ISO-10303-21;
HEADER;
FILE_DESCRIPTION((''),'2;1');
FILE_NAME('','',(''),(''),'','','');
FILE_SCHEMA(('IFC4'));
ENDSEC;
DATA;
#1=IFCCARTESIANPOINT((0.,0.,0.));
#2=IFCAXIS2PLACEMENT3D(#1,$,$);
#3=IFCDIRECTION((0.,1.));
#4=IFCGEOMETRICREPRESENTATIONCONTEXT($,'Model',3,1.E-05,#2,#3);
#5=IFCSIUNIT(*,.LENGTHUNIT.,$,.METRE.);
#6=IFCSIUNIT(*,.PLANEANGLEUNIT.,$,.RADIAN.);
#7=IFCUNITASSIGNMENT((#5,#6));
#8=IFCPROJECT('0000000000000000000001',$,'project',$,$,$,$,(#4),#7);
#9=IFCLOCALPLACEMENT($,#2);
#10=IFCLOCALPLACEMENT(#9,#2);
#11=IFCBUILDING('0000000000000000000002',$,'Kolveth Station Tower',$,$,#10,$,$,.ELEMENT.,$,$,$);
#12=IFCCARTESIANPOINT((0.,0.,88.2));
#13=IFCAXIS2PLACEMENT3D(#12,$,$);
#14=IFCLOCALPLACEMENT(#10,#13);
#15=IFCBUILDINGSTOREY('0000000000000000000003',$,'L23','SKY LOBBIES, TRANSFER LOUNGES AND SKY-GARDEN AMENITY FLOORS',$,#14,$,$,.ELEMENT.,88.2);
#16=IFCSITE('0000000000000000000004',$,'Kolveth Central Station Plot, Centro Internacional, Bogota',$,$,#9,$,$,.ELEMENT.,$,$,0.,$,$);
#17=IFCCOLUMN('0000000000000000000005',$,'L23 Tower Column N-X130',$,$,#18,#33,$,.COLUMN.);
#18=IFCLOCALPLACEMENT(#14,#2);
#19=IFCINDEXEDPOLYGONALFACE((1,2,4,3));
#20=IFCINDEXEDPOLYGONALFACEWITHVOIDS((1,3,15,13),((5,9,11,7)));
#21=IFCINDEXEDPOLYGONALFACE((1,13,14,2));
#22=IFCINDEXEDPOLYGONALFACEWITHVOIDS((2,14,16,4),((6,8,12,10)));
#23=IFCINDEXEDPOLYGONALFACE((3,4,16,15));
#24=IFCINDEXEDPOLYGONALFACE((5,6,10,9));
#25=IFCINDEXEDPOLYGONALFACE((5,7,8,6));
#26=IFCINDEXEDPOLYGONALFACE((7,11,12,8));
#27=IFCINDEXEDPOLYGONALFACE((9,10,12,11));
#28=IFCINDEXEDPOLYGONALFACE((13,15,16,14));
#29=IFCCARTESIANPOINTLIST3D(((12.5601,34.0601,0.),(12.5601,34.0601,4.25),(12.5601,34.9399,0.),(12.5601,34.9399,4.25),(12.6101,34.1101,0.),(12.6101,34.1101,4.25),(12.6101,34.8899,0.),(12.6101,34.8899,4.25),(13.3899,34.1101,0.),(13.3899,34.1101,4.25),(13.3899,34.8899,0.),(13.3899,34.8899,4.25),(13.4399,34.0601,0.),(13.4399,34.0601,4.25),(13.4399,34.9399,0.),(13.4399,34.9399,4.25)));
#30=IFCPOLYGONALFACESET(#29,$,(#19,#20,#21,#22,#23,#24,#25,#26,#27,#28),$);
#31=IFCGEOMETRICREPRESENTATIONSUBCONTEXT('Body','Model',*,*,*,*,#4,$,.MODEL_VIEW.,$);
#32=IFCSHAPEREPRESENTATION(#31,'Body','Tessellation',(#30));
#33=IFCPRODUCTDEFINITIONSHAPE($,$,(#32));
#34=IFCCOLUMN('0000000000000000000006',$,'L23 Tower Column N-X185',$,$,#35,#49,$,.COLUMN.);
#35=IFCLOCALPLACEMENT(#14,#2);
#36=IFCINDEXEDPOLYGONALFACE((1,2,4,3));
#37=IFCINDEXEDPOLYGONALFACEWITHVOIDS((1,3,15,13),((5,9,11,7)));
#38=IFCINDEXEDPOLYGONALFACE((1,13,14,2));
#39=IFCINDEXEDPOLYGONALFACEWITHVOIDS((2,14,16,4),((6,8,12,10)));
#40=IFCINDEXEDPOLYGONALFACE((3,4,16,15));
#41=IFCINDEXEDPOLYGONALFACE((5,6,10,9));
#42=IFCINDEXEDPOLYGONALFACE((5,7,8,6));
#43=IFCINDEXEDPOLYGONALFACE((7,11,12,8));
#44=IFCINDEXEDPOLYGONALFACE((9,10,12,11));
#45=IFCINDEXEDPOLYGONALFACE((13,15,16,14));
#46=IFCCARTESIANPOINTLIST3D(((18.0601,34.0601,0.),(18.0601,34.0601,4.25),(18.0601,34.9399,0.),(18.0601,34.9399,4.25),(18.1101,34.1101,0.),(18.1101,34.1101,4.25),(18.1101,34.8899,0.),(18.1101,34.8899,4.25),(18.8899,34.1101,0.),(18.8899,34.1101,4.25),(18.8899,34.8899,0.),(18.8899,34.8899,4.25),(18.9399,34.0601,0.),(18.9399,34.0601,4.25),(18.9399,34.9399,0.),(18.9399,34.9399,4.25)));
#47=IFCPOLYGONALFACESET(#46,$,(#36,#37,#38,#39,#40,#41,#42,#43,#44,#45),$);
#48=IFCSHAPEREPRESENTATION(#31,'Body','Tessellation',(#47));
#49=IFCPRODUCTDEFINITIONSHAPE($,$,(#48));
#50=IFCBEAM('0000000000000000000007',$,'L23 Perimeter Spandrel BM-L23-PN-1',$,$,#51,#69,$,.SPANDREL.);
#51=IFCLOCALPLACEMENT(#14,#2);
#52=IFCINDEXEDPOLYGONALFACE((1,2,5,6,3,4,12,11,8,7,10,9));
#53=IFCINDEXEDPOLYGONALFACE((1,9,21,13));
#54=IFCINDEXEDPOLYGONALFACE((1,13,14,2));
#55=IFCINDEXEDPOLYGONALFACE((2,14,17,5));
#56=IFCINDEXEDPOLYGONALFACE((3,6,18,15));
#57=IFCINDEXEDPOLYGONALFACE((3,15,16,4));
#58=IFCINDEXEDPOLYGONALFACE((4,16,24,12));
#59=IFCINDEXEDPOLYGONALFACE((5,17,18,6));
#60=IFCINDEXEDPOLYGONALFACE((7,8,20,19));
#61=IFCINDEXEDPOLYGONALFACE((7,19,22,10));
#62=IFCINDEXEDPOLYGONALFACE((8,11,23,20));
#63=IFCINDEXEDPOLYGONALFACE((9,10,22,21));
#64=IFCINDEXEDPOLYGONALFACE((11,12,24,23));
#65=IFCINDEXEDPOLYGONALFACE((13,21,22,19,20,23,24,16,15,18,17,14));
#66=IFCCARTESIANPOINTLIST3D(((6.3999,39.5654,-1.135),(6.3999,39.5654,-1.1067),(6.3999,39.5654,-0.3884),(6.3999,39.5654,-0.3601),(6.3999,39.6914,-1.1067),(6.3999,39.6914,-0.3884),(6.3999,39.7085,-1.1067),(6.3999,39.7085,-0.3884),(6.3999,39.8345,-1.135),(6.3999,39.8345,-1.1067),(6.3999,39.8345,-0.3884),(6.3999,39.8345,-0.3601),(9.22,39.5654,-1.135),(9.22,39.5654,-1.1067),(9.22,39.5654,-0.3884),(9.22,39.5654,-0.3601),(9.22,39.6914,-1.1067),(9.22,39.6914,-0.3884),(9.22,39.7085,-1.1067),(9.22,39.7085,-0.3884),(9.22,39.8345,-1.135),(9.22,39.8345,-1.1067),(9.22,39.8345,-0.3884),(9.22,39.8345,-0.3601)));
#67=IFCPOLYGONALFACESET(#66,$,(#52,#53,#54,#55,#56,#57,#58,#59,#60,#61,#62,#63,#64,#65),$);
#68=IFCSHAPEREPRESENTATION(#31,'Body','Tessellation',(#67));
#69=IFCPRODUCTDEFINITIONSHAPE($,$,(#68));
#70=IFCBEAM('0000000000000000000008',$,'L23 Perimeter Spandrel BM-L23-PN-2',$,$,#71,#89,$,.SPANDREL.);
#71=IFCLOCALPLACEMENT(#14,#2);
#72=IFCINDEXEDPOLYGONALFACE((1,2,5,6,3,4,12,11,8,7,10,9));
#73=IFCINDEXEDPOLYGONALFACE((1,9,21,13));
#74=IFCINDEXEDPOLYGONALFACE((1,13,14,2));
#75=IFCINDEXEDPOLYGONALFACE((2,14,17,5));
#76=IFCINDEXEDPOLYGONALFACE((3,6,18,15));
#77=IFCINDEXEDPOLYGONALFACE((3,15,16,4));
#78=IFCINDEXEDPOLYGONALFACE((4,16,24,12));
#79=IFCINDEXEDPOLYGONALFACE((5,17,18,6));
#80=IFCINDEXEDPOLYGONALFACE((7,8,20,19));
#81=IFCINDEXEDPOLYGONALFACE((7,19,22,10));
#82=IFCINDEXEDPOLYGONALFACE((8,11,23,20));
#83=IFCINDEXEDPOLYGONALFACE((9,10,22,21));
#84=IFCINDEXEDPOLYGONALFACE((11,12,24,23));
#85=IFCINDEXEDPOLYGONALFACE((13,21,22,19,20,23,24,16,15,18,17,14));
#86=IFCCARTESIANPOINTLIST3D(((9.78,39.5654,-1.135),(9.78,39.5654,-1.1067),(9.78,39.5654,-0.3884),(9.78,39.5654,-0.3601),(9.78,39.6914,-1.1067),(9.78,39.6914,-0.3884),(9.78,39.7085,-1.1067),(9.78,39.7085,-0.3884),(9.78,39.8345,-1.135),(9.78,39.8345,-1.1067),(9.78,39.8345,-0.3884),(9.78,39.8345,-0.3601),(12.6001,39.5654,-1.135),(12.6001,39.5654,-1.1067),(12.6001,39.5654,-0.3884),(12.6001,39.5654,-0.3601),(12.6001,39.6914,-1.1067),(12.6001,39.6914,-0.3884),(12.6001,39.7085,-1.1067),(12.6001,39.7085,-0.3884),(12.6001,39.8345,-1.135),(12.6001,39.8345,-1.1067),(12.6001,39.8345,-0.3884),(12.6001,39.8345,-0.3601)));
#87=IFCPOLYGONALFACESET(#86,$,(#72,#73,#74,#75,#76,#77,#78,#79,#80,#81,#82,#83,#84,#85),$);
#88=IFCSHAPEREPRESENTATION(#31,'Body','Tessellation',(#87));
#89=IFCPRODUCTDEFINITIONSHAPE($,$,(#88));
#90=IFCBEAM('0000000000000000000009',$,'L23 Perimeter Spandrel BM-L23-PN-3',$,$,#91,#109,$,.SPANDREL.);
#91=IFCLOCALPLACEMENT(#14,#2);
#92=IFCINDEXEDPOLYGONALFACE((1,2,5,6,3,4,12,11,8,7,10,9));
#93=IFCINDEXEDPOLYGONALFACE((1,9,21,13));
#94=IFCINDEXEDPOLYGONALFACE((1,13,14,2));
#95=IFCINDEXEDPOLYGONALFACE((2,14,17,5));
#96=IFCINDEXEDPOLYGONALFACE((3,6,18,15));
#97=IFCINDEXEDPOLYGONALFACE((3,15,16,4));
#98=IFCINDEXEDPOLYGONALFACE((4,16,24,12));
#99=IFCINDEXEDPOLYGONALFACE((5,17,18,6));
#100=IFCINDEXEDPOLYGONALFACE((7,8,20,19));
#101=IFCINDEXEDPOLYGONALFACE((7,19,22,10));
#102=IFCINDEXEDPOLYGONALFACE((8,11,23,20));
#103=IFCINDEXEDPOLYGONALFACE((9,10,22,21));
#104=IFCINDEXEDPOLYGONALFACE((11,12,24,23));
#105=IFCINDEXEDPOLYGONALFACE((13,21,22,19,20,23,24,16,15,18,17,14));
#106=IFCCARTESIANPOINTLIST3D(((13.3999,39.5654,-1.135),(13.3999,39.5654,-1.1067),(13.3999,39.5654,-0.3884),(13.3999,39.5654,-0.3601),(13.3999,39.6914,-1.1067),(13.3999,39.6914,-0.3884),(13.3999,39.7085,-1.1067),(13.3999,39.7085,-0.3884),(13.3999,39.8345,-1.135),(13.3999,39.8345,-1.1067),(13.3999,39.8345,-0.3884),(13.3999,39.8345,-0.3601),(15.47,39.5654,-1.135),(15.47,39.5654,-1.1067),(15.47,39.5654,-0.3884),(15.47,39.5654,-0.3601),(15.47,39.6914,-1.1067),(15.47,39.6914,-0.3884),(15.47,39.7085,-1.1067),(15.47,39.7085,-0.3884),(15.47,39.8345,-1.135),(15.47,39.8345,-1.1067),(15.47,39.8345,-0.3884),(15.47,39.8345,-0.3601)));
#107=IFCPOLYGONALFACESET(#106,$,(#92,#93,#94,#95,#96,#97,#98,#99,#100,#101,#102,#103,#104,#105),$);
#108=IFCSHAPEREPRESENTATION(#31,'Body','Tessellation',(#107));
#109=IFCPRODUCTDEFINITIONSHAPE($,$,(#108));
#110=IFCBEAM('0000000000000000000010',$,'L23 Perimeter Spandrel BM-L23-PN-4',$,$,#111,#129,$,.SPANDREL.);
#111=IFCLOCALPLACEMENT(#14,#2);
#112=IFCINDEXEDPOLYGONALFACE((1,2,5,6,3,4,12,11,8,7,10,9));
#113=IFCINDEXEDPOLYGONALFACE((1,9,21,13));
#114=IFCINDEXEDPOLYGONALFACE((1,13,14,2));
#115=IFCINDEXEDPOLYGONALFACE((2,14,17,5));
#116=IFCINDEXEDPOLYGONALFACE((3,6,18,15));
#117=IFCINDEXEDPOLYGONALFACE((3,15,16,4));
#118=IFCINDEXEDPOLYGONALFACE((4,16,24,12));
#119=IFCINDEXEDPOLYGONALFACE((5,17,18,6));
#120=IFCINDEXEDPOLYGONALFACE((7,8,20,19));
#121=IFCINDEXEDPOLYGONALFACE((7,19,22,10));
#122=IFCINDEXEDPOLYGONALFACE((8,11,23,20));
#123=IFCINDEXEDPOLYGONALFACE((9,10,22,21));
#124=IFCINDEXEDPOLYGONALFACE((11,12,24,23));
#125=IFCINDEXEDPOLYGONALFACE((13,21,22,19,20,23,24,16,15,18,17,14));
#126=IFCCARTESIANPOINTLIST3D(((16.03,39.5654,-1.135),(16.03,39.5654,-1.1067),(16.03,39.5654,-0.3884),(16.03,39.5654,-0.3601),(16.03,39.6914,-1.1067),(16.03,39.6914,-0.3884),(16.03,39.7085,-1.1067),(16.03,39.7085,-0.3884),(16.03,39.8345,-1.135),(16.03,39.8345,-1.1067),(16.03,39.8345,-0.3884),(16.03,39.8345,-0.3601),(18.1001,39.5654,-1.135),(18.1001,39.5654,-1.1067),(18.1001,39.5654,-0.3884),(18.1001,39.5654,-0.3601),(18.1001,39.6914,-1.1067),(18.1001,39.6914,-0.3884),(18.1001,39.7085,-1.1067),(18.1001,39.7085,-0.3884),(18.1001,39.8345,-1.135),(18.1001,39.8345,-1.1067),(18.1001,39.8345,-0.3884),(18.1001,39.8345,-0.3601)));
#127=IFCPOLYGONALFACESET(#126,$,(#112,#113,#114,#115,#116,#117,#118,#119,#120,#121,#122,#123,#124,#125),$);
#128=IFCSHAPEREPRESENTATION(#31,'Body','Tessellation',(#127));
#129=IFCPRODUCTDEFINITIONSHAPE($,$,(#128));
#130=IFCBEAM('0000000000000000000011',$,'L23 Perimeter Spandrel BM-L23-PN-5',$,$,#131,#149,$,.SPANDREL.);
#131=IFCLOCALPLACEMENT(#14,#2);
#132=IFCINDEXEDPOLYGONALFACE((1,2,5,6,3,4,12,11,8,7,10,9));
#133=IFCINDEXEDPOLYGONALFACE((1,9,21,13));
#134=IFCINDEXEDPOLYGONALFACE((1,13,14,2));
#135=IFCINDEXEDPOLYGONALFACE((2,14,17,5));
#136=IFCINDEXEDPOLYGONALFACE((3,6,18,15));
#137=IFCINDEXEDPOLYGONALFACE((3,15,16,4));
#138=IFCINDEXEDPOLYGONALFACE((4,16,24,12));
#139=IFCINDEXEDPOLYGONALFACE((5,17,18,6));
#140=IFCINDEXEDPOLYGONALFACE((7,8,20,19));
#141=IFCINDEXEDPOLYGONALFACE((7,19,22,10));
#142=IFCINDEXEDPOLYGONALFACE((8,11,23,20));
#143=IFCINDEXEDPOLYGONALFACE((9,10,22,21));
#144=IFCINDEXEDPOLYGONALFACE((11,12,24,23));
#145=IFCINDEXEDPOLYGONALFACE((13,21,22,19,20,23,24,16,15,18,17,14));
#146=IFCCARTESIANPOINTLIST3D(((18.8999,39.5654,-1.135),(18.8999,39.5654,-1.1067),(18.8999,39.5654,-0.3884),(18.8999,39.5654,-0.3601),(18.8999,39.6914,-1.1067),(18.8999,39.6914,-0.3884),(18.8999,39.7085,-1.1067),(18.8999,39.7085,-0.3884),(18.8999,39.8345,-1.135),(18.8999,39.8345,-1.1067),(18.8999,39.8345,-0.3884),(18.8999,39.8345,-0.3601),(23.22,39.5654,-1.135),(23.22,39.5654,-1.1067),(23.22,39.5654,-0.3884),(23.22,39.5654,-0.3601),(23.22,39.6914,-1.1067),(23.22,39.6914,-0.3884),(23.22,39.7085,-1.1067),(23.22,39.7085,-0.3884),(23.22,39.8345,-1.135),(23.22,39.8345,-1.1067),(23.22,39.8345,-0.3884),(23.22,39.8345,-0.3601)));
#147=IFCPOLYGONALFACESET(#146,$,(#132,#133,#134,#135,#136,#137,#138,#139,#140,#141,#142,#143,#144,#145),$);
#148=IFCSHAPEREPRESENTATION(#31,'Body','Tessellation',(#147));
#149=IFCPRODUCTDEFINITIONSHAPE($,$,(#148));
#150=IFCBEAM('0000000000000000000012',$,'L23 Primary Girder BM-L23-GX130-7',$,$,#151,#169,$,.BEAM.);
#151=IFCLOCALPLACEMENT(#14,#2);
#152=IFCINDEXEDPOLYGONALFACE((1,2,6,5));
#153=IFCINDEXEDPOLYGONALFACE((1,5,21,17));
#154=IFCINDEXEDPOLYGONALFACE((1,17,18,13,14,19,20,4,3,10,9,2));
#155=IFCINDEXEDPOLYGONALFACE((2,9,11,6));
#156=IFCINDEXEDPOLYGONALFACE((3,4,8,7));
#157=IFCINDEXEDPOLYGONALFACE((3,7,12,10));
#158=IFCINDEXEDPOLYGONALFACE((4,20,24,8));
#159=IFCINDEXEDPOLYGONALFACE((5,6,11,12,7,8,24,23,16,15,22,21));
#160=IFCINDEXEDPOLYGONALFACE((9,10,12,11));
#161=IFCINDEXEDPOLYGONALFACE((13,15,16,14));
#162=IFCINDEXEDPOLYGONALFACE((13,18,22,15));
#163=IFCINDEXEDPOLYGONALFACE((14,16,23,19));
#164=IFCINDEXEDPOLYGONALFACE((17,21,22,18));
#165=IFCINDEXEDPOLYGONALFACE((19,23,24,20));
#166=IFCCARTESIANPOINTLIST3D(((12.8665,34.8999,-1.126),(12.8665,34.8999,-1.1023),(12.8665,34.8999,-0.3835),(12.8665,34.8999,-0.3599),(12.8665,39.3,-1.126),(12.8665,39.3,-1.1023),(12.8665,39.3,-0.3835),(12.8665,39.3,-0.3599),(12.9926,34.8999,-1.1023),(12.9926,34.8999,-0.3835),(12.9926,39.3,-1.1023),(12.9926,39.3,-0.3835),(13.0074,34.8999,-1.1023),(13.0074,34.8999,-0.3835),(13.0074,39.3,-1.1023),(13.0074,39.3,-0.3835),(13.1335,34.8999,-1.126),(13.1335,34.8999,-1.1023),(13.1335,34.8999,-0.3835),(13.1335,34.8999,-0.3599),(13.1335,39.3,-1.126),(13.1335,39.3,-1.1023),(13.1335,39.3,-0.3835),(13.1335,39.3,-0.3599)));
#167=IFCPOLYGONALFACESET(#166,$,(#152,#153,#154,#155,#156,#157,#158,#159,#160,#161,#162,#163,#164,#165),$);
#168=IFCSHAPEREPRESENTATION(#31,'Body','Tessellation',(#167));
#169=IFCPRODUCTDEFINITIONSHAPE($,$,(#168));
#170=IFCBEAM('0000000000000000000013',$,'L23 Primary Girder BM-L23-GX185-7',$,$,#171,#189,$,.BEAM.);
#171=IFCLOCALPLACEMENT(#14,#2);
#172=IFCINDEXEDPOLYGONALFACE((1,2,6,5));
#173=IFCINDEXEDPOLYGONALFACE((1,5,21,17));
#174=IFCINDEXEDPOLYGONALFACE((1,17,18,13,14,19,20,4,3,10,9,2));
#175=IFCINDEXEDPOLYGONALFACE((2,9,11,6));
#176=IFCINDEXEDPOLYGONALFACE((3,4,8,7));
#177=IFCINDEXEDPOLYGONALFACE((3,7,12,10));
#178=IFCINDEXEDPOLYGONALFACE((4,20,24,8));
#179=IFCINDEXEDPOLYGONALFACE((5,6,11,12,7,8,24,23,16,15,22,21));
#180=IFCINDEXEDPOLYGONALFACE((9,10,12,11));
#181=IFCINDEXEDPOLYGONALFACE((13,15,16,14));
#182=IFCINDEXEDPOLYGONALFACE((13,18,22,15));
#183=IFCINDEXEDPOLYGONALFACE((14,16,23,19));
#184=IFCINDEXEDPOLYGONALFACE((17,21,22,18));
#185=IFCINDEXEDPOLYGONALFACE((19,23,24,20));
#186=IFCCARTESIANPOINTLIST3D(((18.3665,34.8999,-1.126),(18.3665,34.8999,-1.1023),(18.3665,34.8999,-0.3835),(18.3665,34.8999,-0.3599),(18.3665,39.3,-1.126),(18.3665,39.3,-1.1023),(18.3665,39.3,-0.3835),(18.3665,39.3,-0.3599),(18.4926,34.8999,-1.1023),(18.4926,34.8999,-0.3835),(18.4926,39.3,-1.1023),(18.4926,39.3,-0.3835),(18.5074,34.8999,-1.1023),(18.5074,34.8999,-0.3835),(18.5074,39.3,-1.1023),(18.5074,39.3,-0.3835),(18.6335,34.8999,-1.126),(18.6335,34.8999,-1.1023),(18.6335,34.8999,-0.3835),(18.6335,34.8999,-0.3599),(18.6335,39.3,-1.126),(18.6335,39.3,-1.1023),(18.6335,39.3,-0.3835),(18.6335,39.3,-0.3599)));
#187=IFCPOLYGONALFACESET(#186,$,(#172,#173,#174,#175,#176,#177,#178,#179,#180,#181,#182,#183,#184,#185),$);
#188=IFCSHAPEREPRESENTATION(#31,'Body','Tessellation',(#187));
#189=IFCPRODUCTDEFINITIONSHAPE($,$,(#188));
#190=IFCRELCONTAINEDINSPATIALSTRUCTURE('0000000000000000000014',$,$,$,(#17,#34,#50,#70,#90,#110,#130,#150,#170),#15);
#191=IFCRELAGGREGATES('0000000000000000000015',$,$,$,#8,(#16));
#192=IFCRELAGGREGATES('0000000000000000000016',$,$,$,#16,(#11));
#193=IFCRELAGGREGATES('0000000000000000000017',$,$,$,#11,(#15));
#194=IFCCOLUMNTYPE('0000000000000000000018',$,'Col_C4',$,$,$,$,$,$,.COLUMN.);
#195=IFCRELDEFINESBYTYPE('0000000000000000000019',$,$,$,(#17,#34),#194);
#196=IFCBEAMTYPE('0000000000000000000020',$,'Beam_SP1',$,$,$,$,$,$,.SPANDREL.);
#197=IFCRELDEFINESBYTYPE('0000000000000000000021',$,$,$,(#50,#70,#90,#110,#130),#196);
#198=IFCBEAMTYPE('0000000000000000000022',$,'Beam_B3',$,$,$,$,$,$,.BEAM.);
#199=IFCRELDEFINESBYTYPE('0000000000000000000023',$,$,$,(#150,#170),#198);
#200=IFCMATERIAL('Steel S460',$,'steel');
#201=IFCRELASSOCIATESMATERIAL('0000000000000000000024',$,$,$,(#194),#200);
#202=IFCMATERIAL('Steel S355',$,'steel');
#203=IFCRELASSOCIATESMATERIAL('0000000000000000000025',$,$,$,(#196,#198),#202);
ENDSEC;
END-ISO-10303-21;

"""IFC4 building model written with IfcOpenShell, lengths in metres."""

from ifc_helpers import new_model, si_unit, direction, frame, origin, origin_2d, place, context, subcontext, project, spatial, hollow_rectangle, i_section, extrude, source, transform, mapped, material, material_profile, profile_set, type_object, element, save


model = new_model("IFC4")

# Units and contexts
model_context = context("Model", 3, precision=1e-05, world=origin(), true_north=direction((0.0, 1.0)))
body_context = subcontext(model_context, "Body", "Model", "MODEL_VIEW")
ifc_project = project(units=[si_unit("LENGTHUNIT", "METRE"), si_unit("PLANEANGLEUNIT", "RADIAN")], contexts=[model_context])

# Site, building, storey
site_placement = place(None, origin())
site = spatial("IfcSite", under=ifc_project, at=site_placement, Name="Kolveth Central Station Plot, Centro Internacional, Bogota", CompositionType="ELEMENT", RefElevation=0.0)
building_placement = place(site_placement, origin())
building = spatial("IfcBuilding", under=site, at=building_placement, Name="Kolveth Station Tower", CompositionType="ELEMENT")
storey_placement = place(building_placement, frame((0.0, 0.0, 88.2)))
storey = spatial("IfcBuildingStorey", under=building, at=storey_placement, Name="L23", Description="SKY LOBBIES, TRANSFER LOUNGES AND SKY-GARDEN AMENITY FLOORS", CompositionType="ELEMENT", Elevation=88.2)

# Columns
ifc_material_1 = material(Name="Steel S460", Category="steel")
ifc_material_profile_1 = material_profile(ifc_material_1, hollow_rectangle(XDim=0.8799, YDim=0.8799, WallThickness=0.05, at=origin_2d()), Name="BOX880x880x50")
ifc_profile_set_1 = profile_set([ifc_material_profile_1], Name="Steel S460")
column_type = type_object("IfcColumnType", Name="Col_C4", PredefinedType="COLUMN", material=ifc_profile_set_1)
shared_shape_1 = source(origin(), body_context, "Body", "SweptSolid", [
    extrude(hollow_rectangle(XDim=0.8799, YDim=0.8799, WallThickness=0.05, at=origin_2d()), origin(), (0.0, 0.0, 1.0), 4.25),
])
for number, where, z_axis, x_axis, name in (
    (1, (13.0, 34.5, 0.0), (0.0, 0.0, 1.0), (1.0, 0.0, 0.0), "L23 Tower Column N-X130"),
    (2, (18.5, 34.5, 0.0), (0.0, 0.0, 1.0), (1.0, 0.0, 0.0), "L23 Tower Column N-X185"),
):
    element("IfcColumn", number, at=place(storey_placement, frame(where, z_axis=z_axis, x_axis=x_axis)), inside=storey, type_object=column_type, Name=name, PredefinedType="COLUMN", context=body_context, shape_type="MappedRepresentation", body=[
        mapped(shared_shape_1, transform((0.0, 0.0, 0.0), x_axis=(1.0, 0.0, 0.0), y_axis=(0.0, 1.0, 0.0), z_axis=(0.0, 0.0, 1.0), scale=1.0)),
    ])

# Beams
ifc_material_2 = material(Name="Steel S355", Category="steel")
ifc_material_profile_2 = material_profile(ifc_material_2, i_section(OverallWidth=0.269, OverallDepth=0.7749, WebThickness=0.0171, FlangeThickness=0.0283, at=origin_2d()), Name="W760x220")
ifc_profile_set_2 = profile_set([ifc_material_profile_2], Name="Steel S355")
beam_type_1 = type_object("IfcBeamType", Name="Beam_SP1", PredefinedType="SPANDREL", material=ifc_profile_set_2)
shared_shape_2 = source(origin(), body_context, "Body", "SweptSolid", [
    extrude(i_section(OverallWidth=0.269, OverallDepth=0.7749, WebThickness=0.0171, FlangeThickness=0.0283, at=origin_2d()), origin(), (0.0, 0.0, 1.0), 2.8201),
])
for number, where, z_axis, x_axis, name in (
    (3, (6.3999, 39.7, -0.7476), (1.0, 0.0, 0.0), (0.0, 1.0, 0.0), "L23 Perimeter Spandrel BM-L23-PN-1"),
    (4, (9.78, 39.7, -0.7476), (1.0, 0.0, 0.0), (0.0, 1.0, 0.0), "L23 Perimeter Spandrel BM-L23-PN-2"),
):
    element("IfcBeam", number, at=place(storey_placement, frame(where, z_axis=z_axis, x_axis=x_axis)), inside=storey, type_object=beam_type_1, Name=name, PredefinedType="SPANDREL", context=body_context, shape_type="MappedRepresentation", body=[
        mapped(shared_shape_2, transform((0.0, 0.0, 0.0), x_axis=(1.0, 0.0, 0.0), y_axis=(0.0, 1.0, 0.0), z_axis=(0.0, 0.0, 1.0), scale=1.0)),
    ])
shared_shape_3 = source(origin(), body_context, "Body", "SweptSolid", [
    extrude(i_section(OverallWidth=0.269, OverallDepth=0.7749, WebThickness=0.0171, FlangeThickness=0.0283, at=origin_2d()), origin(), (0.0, 0.0, 1.0), 2.0701),
])
for number, where, z_axis, x_axis, name in (
    (5, (13.3999, 39.7, -0.7476), (1.0, 0.0, 0.0), (0.0, 1.0, 0.0), "L23 Perimeter Spandrel BM-L23-PN-3"),
    (6, (16.03, 39.7, -0.7476), (1.0, 0.0, 0.0), (0.0, 1.0, 0.0), "L23 Perimeter Spandrel BM-L23-PN-4"),
):
    element("IfcBeam", number, at=place(storey_placement, frame(where, z_axis=z_axis, x_axis=x_axis)), inside=storey, type_object=beam_type_1, Name=name, PredefinedType="SPANDREL", context=body_context, shape_type="MappedRepresentation", body=[
        mapped(shared_shape_3, transform((0.0, 0.0, 0.0), x_axis=(1.0, 0.0, 0.0), y_axis=(0.0, 1.0, 0.0), z_axis=(0.0, 0.0, 1.0), scale=1.0)),
    ])
shared_shape_4 = source(origin(), body_context, "Body", "SweptSolid", [
    extrude(i_section(OverallWidth=0.269, OverallDepth=0.7749, WebThickness=0.0171, FlangeThickness=0.0283, at=origin_2d()), origin(), (0.0, 0.0, 1.0), 4.3201),
])
beam_1_placement = place(storey_placement, frame((18.8999, 39.7, -0.7476), z_axis=(1.0, 0.0, 0.0), x_axis=(0.0, 1.0, 0.0)))
element("IfcBeam", 7, at=beam_1_placement, inside=storey, type_object=beam_type_1, Name="L23 Perimeter Spandrel BM-L23-PN-5", PredefinedType="SPANDREL", context=body_context, shape_type="MappedRepresentation", body=[
    mapped(shared_shape_4, transform((0.0, 0.0, 0.0), x_axis=(1.0, 0.0, 0.0), y_axis=(0.0, 1.0, 0.0), z_axis=(0.0, 0.0, 1.0), scale=1.0)),
])
ifc_material_profile_3 = material_profile(ifc_material_2, i_section(OverallWidth=0.2671, OverallDepth=0.7661, WebThickness=0.0149, FlangeThickness=0.0237, at=origin_2d()), Name="W760x185")
ifc_profile_set_3 = profile_set([ifc_material_profile_3], Name="Steel S355")
beam_type_2 = type_object("IfcBeamType", Name="Beam_B3", PredefinedType="BEAM", material=ifc_profile_set_3)
shared_shape_5 = source(origin(), body_context, "Body", "SweptSolid", [
    extrude(i_section(OverallWidth=0.2671, OverallDepth=0.7661, WebThickness=0.0149, FlangeThickness=0.0237, at=origin_2d()), origin(), (0.0, 0.0, 1.0), 4.4001),
])
for number, where, z_axis, x_axis, name in (
    (8, (13.0, 34.8999, -0.7429), (0.0, 1.0, 0.0), (-1.0, 0.0, 0.0), "L23 Primary Girder BM-L23-GX130-7"),
    (9, (18.5, 34.8999, -0.7429), (0.0, 1.0, 0.0), (-1.0, 0.0, 0.0), "L23 Primary Girder BM-L23-GX185-7"),
):
    element("IfcBeam", number, at=place(storey_placement, frame(where, z_axis=z_axis, x_axis=x_axis)), inside=storey, type_object=beam_type_2, Name=name, PredefinedType="BEAM", context=body_context, shape_type="MappedRepresentation", body=[
        mapped(shared_shape_5, transform((0.0, 0.0, 0.0), x_axis=(1.0, 0.0, 0.0), y_axis=(0.0, 1.0, 0.0), z_axis=(0.0, 0.0, 1.0), scale=1.0)),
    ])

save(model, "model.ifc")
